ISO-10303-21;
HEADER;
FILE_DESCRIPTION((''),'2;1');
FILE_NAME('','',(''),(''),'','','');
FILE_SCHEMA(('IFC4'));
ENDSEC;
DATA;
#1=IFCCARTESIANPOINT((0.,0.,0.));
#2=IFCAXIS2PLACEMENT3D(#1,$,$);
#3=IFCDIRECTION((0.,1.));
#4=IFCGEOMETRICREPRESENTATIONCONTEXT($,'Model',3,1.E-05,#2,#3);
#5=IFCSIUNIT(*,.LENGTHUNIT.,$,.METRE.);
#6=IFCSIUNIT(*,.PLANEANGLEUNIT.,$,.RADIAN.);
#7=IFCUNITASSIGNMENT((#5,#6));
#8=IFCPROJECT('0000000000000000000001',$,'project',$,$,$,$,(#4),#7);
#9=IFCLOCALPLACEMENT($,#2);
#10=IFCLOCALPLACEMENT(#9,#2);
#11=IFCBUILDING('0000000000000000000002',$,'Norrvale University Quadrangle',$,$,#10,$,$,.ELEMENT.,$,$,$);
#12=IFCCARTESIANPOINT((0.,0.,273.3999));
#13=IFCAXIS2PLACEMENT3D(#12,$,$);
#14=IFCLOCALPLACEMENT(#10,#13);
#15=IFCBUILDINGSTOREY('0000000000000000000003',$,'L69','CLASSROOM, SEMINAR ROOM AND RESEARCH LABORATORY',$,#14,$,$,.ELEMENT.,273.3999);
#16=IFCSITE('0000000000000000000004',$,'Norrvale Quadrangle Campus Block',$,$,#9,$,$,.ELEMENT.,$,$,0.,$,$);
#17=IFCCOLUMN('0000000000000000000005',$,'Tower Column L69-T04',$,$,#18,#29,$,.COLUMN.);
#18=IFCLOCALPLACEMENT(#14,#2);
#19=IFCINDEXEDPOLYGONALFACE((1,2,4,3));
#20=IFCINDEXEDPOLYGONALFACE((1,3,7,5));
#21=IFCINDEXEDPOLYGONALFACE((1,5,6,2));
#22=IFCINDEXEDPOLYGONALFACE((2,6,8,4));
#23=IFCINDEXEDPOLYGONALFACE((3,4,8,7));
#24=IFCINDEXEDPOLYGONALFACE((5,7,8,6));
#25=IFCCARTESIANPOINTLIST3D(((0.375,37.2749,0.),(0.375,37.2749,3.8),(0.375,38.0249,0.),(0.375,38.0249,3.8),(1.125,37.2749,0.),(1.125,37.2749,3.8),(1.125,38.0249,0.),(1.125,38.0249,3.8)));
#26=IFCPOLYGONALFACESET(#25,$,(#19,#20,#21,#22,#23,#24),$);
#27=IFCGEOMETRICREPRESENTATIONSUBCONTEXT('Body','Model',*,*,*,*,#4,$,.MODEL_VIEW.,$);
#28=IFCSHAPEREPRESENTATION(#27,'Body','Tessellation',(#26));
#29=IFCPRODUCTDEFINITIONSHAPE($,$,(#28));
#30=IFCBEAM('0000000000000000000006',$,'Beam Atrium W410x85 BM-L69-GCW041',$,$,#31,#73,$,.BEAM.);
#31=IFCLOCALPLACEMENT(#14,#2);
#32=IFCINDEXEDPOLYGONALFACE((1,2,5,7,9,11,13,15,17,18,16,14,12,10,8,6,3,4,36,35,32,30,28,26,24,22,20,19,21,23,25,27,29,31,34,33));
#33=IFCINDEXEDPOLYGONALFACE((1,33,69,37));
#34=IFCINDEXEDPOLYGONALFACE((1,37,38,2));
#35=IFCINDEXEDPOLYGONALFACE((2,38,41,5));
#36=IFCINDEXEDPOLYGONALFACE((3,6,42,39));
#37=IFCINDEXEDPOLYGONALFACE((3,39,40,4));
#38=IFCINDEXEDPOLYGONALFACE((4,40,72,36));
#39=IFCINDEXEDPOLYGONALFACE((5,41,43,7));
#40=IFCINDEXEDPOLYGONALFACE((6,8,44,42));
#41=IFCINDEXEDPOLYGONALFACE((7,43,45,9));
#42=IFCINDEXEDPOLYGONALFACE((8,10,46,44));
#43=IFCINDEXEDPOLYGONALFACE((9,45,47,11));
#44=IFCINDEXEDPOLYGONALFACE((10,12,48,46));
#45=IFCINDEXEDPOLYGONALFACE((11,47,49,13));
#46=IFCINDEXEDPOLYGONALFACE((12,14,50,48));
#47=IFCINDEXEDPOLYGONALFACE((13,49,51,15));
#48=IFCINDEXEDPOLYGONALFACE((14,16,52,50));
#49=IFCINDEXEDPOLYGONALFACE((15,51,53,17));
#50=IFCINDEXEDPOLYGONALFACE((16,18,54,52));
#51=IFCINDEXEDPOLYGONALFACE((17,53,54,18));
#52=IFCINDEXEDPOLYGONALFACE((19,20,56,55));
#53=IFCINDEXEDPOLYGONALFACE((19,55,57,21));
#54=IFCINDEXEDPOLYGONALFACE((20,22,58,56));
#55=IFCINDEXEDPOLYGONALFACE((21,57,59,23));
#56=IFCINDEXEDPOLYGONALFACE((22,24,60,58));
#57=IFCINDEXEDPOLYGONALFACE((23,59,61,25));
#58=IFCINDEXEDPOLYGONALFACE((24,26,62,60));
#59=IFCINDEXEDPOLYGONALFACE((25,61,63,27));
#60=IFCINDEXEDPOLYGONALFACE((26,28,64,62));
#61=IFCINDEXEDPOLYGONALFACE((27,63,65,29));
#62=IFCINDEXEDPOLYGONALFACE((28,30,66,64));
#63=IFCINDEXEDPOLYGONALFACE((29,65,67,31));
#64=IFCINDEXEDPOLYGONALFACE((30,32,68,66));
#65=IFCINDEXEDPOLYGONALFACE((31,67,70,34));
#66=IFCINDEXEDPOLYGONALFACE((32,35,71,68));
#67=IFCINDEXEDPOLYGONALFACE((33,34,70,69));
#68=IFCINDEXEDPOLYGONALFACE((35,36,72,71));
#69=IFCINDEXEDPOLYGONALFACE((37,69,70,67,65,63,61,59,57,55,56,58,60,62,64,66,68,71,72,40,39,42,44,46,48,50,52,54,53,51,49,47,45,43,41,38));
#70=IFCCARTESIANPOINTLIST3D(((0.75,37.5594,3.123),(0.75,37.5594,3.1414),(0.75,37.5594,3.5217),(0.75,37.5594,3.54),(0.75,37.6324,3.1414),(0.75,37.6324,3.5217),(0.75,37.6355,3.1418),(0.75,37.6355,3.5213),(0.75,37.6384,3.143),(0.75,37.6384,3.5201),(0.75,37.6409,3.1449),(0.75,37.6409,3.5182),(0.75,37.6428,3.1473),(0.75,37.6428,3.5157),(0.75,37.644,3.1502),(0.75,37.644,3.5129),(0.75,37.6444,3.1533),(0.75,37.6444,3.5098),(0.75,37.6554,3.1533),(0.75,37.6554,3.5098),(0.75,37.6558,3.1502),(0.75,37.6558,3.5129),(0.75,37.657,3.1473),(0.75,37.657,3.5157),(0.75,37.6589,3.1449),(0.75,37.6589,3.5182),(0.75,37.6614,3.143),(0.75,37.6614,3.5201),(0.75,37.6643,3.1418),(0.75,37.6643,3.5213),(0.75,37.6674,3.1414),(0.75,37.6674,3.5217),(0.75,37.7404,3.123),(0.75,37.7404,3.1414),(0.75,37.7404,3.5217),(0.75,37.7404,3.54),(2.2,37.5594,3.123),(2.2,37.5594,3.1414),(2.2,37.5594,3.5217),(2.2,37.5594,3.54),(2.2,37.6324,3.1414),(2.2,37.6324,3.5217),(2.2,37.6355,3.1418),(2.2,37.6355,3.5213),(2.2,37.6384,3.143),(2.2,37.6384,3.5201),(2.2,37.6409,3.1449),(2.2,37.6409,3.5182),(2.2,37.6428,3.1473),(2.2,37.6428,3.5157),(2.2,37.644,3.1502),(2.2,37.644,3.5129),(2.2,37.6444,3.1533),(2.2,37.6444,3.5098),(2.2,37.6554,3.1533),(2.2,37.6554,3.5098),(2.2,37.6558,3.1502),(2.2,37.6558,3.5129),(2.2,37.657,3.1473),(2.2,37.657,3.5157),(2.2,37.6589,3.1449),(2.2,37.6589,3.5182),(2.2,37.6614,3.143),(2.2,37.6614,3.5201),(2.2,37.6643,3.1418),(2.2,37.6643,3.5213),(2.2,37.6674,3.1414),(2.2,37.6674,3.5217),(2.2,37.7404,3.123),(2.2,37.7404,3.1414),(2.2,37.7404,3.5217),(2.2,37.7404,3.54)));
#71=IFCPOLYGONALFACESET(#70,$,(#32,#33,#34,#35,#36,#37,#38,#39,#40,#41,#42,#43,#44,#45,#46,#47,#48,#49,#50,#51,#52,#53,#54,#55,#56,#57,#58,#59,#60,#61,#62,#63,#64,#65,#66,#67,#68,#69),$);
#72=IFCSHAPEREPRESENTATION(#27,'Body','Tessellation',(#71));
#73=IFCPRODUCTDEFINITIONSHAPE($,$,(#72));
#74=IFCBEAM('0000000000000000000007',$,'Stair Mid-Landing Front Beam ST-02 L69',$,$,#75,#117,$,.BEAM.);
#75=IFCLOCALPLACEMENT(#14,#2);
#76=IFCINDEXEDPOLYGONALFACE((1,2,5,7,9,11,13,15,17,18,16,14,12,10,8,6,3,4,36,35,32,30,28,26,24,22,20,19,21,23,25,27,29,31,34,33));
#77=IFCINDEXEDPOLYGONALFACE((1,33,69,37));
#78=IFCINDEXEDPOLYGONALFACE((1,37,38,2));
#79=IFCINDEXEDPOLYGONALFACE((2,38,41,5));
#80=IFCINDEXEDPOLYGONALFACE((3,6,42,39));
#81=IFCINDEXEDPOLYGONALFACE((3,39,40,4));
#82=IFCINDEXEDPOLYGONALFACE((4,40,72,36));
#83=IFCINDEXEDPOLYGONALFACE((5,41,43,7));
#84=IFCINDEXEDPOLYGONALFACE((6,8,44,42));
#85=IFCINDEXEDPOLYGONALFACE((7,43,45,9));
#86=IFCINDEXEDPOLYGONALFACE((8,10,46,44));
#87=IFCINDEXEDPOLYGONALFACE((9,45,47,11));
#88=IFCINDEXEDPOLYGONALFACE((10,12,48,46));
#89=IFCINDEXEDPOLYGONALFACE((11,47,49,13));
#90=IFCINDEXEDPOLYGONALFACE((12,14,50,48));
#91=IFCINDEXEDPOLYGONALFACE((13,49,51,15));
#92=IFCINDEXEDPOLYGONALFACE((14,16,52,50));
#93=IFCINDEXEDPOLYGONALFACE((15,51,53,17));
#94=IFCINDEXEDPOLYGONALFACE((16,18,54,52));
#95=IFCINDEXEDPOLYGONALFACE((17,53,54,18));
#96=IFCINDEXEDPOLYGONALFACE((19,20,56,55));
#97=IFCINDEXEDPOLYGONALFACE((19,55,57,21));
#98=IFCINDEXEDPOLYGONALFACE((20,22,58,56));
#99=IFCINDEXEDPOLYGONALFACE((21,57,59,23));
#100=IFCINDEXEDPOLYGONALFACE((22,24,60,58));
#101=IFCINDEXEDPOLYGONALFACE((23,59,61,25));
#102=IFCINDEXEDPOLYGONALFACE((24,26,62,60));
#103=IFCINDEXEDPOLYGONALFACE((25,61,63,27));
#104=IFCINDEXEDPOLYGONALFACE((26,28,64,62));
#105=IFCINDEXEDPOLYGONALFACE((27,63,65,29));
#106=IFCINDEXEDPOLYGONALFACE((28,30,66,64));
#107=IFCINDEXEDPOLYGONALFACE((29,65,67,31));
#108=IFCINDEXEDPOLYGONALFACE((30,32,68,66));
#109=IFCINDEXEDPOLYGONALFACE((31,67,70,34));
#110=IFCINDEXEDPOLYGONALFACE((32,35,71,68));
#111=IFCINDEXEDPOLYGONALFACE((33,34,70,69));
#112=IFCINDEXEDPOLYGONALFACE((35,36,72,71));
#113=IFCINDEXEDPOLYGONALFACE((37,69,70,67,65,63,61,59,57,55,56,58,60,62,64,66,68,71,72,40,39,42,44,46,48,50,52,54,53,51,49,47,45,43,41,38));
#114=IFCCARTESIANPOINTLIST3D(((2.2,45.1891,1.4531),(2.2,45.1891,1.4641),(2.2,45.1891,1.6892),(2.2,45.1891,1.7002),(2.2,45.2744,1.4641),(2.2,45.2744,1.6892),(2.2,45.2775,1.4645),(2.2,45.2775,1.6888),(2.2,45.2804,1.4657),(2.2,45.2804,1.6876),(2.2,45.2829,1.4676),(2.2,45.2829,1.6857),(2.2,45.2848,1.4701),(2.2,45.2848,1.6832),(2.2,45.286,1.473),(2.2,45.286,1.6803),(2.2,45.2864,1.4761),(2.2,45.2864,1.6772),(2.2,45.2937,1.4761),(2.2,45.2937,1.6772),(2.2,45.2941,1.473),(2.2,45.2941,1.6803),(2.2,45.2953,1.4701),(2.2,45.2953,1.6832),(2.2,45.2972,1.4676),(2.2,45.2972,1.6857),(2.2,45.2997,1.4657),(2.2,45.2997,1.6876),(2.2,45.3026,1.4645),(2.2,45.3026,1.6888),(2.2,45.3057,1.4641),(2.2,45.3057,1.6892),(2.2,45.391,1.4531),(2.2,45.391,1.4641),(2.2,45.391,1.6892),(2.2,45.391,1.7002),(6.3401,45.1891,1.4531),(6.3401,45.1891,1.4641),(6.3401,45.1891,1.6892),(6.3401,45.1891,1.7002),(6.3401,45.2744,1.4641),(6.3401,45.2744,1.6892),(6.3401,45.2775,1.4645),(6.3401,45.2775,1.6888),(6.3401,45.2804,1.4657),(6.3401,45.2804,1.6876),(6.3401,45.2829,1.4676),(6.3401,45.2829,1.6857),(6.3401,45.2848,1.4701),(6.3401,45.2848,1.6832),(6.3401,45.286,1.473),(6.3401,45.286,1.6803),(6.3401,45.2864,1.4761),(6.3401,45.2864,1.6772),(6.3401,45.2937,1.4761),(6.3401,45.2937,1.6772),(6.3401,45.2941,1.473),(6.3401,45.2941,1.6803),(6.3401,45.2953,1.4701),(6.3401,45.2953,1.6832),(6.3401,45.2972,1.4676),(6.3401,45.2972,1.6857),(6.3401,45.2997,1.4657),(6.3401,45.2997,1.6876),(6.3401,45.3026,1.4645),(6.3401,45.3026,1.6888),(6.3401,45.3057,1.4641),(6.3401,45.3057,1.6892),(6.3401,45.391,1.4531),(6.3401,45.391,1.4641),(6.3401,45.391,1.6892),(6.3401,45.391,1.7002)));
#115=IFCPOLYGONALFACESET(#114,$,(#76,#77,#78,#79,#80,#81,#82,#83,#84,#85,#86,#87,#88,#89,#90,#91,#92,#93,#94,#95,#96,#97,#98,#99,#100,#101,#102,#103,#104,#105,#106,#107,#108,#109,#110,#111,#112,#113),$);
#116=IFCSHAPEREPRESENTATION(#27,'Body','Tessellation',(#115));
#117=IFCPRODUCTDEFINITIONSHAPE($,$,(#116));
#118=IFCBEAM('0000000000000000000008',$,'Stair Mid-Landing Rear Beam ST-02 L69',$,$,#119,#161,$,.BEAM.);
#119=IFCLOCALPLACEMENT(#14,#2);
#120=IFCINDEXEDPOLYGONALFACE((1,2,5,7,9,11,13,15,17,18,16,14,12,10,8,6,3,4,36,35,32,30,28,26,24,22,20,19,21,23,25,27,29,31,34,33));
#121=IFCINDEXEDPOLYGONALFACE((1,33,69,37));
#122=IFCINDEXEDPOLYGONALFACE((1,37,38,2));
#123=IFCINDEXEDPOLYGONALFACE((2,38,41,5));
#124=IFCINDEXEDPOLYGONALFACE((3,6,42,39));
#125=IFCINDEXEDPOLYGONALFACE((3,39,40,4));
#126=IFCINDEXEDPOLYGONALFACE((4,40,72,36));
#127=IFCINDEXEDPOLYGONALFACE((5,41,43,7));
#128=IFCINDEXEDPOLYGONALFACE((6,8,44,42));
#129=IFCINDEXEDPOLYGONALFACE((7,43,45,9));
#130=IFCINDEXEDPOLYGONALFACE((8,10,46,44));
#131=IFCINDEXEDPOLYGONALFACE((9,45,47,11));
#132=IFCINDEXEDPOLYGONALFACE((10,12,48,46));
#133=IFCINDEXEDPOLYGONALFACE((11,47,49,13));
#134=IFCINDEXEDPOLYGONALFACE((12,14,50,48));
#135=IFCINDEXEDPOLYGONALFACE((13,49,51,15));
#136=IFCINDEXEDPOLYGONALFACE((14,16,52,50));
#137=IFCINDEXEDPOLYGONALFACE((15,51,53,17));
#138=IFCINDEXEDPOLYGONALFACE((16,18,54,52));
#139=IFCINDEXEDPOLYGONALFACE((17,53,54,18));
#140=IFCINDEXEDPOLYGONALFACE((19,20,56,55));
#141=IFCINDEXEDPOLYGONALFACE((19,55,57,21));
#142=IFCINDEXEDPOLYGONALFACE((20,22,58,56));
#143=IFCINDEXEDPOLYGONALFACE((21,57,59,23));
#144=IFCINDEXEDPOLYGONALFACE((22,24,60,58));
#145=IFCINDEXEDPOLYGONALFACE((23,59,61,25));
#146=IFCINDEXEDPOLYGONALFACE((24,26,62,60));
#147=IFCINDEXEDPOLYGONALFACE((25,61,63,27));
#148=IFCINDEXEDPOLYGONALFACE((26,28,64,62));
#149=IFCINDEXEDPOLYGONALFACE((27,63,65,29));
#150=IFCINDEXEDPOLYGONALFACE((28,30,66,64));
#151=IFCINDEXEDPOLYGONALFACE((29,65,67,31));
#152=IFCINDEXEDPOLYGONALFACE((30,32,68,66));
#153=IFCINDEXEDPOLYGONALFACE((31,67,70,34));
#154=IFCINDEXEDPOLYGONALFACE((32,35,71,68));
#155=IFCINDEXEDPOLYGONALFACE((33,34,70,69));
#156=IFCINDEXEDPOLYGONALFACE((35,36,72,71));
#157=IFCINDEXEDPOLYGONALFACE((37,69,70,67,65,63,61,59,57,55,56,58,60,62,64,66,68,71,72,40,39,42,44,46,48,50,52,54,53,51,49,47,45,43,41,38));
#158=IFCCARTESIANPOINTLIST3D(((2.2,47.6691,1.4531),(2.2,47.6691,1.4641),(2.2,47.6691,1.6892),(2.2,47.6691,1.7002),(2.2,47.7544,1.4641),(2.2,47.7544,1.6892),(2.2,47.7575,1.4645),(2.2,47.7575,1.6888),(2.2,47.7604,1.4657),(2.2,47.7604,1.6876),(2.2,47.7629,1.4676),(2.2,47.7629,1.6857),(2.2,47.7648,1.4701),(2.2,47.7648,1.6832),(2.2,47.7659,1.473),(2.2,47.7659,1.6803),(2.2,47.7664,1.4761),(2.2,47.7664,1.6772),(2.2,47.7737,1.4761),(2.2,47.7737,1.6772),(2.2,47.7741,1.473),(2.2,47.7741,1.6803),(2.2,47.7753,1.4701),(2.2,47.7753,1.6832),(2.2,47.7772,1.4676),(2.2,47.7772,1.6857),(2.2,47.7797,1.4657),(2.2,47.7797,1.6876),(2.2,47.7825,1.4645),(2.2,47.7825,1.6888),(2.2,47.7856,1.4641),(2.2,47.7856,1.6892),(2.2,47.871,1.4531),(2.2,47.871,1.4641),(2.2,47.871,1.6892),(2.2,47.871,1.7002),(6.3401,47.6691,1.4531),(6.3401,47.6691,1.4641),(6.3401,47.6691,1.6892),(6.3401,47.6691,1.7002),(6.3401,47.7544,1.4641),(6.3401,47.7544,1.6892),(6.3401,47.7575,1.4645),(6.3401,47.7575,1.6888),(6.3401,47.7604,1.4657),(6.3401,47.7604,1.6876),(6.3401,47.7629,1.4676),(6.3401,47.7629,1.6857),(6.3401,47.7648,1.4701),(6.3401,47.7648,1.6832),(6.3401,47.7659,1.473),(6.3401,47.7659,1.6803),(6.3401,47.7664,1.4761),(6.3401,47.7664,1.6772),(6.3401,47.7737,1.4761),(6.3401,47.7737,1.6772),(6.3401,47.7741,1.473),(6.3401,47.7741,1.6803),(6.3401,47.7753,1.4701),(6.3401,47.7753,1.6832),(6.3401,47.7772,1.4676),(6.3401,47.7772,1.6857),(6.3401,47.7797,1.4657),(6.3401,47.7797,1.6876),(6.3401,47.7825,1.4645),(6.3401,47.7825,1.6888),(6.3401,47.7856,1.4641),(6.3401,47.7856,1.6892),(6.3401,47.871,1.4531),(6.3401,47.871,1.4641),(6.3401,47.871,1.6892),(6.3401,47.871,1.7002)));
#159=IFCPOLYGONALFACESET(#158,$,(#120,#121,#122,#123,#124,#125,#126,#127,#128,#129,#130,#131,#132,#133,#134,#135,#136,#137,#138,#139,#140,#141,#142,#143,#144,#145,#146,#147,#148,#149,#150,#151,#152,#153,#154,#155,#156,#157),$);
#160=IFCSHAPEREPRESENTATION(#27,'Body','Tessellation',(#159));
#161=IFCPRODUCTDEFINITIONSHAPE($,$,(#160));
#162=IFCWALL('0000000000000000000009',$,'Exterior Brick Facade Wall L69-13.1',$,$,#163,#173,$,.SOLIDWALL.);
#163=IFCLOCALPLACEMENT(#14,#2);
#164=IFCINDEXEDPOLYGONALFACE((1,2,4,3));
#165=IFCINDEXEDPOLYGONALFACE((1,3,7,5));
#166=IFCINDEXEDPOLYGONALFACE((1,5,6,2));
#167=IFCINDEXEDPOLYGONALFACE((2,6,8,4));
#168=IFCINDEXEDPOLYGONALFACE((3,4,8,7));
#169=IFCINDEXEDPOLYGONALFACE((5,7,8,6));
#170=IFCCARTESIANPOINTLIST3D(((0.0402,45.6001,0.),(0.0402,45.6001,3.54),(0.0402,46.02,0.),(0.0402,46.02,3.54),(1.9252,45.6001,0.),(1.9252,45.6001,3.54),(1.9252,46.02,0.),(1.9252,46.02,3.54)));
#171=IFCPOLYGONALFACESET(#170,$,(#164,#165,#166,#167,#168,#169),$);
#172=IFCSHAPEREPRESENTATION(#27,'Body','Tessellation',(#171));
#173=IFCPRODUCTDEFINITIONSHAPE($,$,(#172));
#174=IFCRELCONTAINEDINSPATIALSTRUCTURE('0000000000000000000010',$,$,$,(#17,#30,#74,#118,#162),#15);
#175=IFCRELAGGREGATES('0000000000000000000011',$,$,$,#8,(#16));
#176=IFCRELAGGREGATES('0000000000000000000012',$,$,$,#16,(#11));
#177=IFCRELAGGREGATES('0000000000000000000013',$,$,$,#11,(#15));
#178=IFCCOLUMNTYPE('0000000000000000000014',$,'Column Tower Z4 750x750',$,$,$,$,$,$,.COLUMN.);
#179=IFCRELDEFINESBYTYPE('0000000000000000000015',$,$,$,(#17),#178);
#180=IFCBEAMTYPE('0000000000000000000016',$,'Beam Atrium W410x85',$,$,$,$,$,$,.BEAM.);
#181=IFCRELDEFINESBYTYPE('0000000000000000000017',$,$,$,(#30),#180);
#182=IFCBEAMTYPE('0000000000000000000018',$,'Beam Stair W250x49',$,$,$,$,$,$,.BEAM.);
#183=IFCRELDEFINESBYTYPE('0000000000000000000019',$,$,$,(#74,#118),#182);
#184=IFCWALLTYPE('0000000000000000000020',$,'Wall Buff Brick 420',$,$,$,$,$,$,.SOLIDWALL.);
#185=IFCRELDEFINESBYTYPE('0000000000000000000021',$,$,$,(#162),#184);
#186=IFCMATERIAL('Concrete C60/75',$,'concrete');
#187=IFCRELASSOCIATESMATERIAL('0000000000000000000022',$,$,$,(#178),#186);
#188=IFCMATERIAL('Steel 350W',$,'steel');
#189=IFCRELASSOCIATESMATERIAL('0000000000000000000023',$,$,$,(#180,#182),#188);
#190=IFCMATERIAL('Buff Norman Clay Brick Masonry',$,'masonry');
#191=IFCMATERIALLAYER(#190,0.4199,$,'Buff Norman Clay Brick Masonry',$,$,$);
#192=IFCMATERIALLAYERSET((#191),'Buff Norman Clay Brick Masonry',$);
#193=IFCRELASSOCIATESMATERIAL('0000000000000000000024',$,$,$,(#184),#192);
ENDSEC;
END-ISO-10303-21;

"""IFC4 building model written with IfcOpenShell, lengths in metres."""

from ifc_helpers import new_model, si_unit, direction, frame, frame_2d, origin, origin_2d, place, context, subcontext, project, spatial, rectangle, i_section, extrude, material, layer, layer_set, material_profile, profile_set, type_object, element, save


model = new_model("IFC4")

# Units and contexts
model_context = context("Model", 3, precision=1e-05, world=origin(), true_north=direction((0.0, 1.0)))
body_context = subcontext(model_context, "Body", "Model", "MODEL_VIEW")
ifc_project = project(units=[si_unit("LENGTHUNIT", "METRE"), si_unit("PLANEANGLEUNIT", "RADIAN")], contexts=[model_context])

# Site, building, storey
site_placement = place(None, origin())
site = spatial("IfcSite", under=ifc_project, at=site_placement, Name="Norrvale Quadrangle Campus Block", CompositionType="ELEMENT", RefElevation=0.0)
building_placement = place(site_placement, origin())
building = spatial("IfcBuilding", under=site, at=building_placement, Name="Norrvale University Quadrangle", CompositionType="ELEMENT")
storey_placement = place(building_placement, frame((0.0, 0.0, 273.3999)))
storey = spatial("IfcBuildingStorey", under=building, at=storey_placement, Name="L69", Description="CLASSROOM, SEMINAR ROOM AND RESEARCH LABORATORY", CompositionType="ELEMENT", Elevation=273.3999)

# Column
ifc_material_1 = material(Name="Concrete C60/75", Category="concrete")
ifc_material_profile_1 = material_profile(ifc_material_1, rectangle(XDim=0.75, YDim=0.75, at=origin_2d()), Name="Concrete C60/75")
ifc_profile_set_1 = profile_set([ifc_material_profile_1], Name="Concrete C60/75")
column_type = type_object("IfcColumnType", Name="Column Tower Z4 750x750", PredefinedType="COLUMN", material=ifc_profile_set_1)
column_placement = place(storey_placement, frame((0.75, 37.6499, 0.0), z_axis=(0.0, 0.0, 1.0), x_axis=(1.0, 0.0, 0.0)))
element("IfcColumn", 1, at=column_placement, inside=storey, type_object=column_type, Name="Tower Column L69-T04", PredefinedType="COLUMN", context=body_context, shape_type="SweptSolid", body=[
    extrude(rectangle(XDim=0.75, YDim=0.75, at=origin_2d()), origin(), (0.0, 0.0, 1.0), 3.8),
])

# Beams
ifc_material_2 = material(Name="Steel 350W", Category="steel")
ifc_material_profile_2 = material_profile(ifc_material_2, i_section(OverallWidth=0.1809, OverallDepth=0.417, WebThickness=0.011, FlangeThickness=0.0183, FilletRadius=0.012, at=origin_2d()), Name="Steel 350W")
ifc_profile_set_2 = profile_set([ifc_material_profile_2], Name="Steel 350W")
beam_type_1 = type_object("IfcBeamType", Name="Beam Atrium W410x85", PredefinedType="BEAM", material=ifc_profile_set_2)
beam_placement = place(storey_placement, frame((0.75, 37.6499, 3.3315), z_axis=(1.0, 0.0, 0.0), x_axis=(0.0, 1.0, 0.0)))
element("IfcBeam", 2, at=beam_placement, inside=storey, type_object=beam_type_1, Name="Beam Atrium W410x85 BM-L69-GCW041", PredefinedType="BEAM", context=body_context, shape_type="SweptSolid", body=[
    extrude(i_section(OverallWidth=0.1809, OverallDepth=0.417, WebThickness=0.011, FlangeThickness=0.0183, FilletRadius=0.012, at=origin_2d()), origin(), (0.0, 0.0, 1.0), 1.45),
])
ifc_material_profile_3 = material_profile(ifc_material_2, i_section(OverallWidth=0.2019, OverallDepth=0.2471, WebThickness=0.0073, FlangeThickness=0.011, FilletRadius=0.012, at=origin_2d()), Name="Steel 350W")
ifc_profile_set_3 = profile_set([ifc_material_profile_3], Name="Steel 350W")
beam_type_2 = type_object("IfcBeamType", Name="Beam Stair W250x49", PredefinedType="BEAM", material=ifc_profile_set_3)
for number, where, z_axis, x_axis, name in (
    (3, (2.2, 45.29, 1.5767), (1.0, 0.0, 0.0), (0.0, 1.0, 0.0), "Stair Mid-Landing Front Beam ST-02 L69"),
    (4, (2.2, 47.77, 1.5767), (1.0, 0.0, 0.0), (0.0, 1.0, 0.0), "Stair Mid-Landing Rear Beam ST-02 L69"),
):
    element("IfcBeam", number, at=place(storey_placement, frame(where, z_axis=z_axis, x_axis=x_axis)), inside=storey, type_object=beam_type_2, Name=name, PredefinedType="BEAM", context=body_context, shape_type="SweptSolid", body=[
        extrude(i_section(OverallWidth=0.2019, OverallDepth=0.2471, WebThickness=0.0073, FlangeThickness=0.011, FilletRadius=0.012, at=origin_2d()), origin(), (0.0, 0.0, 1.0), 4.1401),
    ])

# Wall
ifc_material_3 = material(Name="Buff Norman Clay Brick Masonry", Category="masonry")
ifc_layer_1 = layer(ifc_material_3, 0.4199, Name="Buff Norman Clay Brick Masonry")
ifc_layer_set_1 = layer_set([ifc_layer_1], Name="Buff Norman Clay Brick Masonry")
wall_type_1 = type_object("IfcWallType", Name="Wall Buff Brick 420", PredefinedType="SOLIDWALL", material=ifc_layer_set_1)
wall_1_placement = place(storey_placement, frame((1.925, 45.8101, 0.0), z_axis=(0.0, 0.0, 1.0), x_axis=(-1.0, 0.0, 0.0)))
element("IfcWall", 5, at=wall_1_placement, inside=storey, type_object=wall_type_1, Name="Exterior Brick Facade Wall L69-13.1", PredefinedType="SOLIDWALL", context=body_context, shape_type="SweptSolid", body=[
    extrude(rectangle(XDim=1.885, YDim=0.4199, at=frame_2d((0.9424, 0.0))), origin(), (0.0, 0.0, 1.0), 3.54),
])

save(model, "model.ifc")
